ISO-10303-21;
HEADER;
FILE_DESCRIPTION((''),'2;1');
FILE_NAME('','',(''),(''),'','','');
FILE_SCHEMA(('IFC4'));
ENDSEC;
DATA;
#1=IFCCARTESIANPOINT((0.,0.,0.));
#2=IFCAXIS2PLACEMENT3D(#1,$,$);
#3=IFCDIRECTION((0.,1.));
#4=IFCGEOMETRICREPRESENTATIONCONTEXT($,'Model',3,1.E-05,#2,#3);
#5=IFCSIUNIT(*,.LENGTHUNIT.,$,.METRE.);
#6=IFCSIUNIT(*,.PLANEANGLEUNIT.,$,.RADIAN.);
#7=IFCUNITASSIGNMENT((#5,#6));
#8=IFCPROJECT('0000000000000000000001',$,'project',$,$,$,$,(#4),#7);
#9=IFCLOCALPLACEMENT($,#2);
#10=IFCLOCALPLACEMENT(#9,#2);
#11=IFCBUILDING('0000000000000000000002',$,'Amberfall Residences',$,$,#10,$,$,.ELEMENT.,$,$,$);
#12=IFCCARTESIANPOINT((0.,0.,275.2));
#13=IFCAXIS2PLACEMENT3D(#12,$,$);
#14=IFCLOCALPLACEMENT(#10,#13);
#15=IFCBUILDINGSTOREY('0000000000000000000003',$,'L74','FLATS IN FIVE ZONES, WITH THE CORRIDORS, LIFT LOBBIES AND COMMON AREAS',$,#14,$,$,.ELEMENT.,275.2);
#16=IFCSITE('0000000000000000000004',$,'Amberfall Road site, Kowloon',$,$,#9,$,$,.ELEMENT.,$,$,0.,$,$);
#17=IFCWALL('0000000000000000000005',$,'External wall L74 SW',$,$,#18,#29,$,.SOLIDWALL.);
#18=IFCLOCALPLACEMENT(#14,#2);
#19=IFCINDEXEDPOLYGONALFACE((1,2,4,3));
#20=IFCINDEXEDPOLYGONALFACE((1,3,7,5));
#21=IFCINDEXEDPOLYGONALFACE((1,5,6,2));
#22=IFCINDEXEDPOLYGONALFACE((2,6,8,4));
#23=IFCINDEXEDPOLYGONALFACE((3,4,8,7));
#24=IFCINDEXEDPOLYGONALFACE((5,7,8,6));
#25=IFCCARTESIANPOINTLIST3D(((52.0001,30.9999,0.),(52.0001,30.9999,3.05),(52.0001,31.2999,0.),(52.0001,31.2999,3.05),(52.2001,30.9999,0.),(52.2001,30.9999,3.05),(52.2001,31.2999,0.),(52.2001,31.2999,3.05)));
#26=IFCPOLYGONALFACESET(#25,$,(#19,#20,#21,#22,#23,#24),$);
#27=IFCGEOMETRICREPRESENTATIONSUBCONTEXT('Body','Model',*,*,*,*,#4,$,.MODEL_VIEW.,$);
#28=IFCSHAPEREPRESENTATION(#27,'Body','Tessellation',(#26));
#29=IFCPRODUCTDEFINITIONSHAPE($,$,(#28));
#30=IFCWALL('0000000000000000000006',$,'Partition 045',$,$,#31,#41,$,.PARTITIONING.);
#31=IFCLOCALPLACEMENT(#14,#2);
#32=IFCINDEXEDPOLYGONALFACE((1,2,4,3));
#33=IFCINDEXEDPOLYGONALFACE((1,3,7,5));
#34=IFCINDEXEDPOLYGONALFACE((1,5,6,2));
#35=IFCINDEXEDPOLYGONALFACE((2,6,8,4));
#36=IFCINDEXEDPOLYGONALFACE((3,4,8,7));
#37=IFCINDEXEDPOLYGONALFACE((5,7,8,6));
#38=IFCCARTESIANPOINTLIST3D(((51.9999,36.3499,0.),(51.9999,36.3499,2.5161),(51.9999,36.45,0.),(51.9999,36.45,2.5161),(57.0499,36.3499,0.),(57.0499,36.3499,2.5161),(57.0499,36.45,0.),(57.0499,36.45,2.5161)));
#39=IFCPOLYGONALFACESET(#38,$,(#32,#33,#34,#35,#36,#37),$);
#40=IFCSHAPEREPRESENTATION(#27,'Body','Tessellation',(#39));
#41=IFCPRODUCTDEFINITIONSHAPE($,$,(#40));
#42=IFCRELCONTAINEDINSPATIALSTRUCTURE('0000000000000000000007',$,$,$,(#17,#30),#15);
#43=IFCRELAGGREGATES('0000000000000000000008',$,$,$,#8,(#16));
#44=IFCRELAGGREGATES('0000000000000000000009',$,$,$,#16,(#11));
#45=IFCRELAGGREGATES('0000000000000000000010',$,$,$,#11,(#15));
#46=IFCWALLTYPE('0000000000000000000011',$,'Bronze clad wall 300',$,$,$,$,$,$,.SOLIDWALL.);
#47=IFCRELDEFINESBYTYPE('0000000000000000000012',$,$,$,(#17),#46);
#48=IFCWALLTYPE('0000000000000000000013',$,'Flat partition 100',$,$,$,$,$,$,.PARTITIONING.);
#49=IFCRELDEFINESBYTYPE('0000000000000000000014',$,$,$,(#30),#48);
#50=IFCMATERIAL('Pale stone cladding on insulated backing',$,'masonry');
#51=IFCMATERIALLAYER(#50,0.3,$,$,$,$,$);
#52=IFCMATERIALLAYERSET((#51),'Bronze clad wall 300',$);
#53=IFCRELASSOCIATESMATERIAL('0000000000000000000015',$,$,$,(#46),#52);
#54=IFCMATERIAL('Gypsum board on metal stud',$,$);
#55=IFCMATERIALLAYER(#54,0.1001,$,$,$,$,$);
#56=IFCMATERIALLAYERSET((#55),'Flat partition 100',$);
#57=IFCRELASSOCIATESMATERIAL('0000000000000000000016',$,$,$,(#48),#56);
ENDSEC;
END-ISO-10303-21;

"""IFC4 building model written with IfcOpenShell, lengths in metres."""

from ifc_helpers import new_model, si_unit, direction, frame, frame_2d, origin, place, context, subcontext, project, spatial, rectangle, extrude, material, layer, layer_set, type_object, element, save


model = new_model("IFC4")

# Units and contexts
model_context = context("Model", 3, precision=1e-05, world=origin(), true_north=direction((0.0, 1.0)))
body_context = subcontext(model_context, "Body", "Model", "MODEL_VIEW")
ifc_project = project(units=[si_unit("LENGTHUNIT", "METRE"), si_unit("PLANEANGLEUNIT", "RADIAN")], contexts=[model_context])

# Site, building, storey
site_placement = place(None, origin())
site = spatial("IfcSite", under=ifc_project, at=site_placement, Name="Amberfall Road site, Kowloon", CompositionType="ELEMENT", RefElevation=0.0)
building_placement = place(site_placement, origin())
building = spatial("IfcBuilding", under=site, at=building_placement, Name="Amberfall Residences", CompositionType="ELEMENT")
storey_placement = place(building_placement, frame((0.0, 0.0, 275.2)))
storey = spatial("IfcBuildingStorey", under=building, at=storey_placement, Name="L74", Description="FLATS IN FIVE ZONES, WITH THE CORRIDORS, LIFT LOBBIES AND COMMON AREAS", CompositionType="ELEMENT", Elevation=275.2)

# Walls
ifc_material_1 = material(Name="Pale stone cladding on insulated backing", Category="masonry")
ifc_layer_1 = layer(ifc_material_1, 0.3)
ifc_layer_set_1 = layer_set([ifc_layer_1], Name="Bronze clad wall 300")
wall_type_1 = type_object("IfcWallType", Name="Bronze clad wall 300", PredefinedType="SOLIDWALL", material=ifc_layer_set_1)
wall_1_placement = place(storey_placement, frame((52.0, 31.1499, 0.0), z_axis=(0.0, 0.0, 1.0), x_axis=(1.0, 0.0, 0.0)))
element("IfcWall", 1, at=wall_1_placement, inside=storey, type_object=wall_type_1, Name="External wall L74 SW", PredefinedType="SOLIDWALL", context=body_context, shape_type="SweptSolid", body=[
    extrude(rectangle(XDim=0.2, YDim=0.3, at=frame_2d((0.1001, 0.0))), origin(), (0.0, 0.0, 1.0), 3.05),
])
ifc_material_2 = material(Name="Gypsum board on metal stud")
ifc_layer_2 = layer(ifc_material_2, 0.1001)
ifc_layer_set_2 = layer_set([ifc_layer_2], Name="Flat partition 100")
wall_type_2 = type_object("IfcWallType", Name="Flat partition 100", PredefinedType="PARTITIONING", material=ifc_layer_set_2)
wall_2_placement = place(storey_placement, frame((52.0, 36.3999, 0.0), z_axis=(0.0, 0.0, 1.0), x_axis=(1.0, 0.0, 0.0)))
element("IfcWall", 2, at=wall_2_placement, inside=storey, type_object=wall_type_2, Name="Partition 045", PredefinedType="PARTITIONING", context=body_context, shape_type="SweptSolid", body=[
    extrude(rectangle(XDim=5.05, YDim=0.1001, at=frame_2d((2.5249, 0.0))), origin(), (0.0, 0.0, 1.0), 2.5161),
])

save(model, "model.ifc")
